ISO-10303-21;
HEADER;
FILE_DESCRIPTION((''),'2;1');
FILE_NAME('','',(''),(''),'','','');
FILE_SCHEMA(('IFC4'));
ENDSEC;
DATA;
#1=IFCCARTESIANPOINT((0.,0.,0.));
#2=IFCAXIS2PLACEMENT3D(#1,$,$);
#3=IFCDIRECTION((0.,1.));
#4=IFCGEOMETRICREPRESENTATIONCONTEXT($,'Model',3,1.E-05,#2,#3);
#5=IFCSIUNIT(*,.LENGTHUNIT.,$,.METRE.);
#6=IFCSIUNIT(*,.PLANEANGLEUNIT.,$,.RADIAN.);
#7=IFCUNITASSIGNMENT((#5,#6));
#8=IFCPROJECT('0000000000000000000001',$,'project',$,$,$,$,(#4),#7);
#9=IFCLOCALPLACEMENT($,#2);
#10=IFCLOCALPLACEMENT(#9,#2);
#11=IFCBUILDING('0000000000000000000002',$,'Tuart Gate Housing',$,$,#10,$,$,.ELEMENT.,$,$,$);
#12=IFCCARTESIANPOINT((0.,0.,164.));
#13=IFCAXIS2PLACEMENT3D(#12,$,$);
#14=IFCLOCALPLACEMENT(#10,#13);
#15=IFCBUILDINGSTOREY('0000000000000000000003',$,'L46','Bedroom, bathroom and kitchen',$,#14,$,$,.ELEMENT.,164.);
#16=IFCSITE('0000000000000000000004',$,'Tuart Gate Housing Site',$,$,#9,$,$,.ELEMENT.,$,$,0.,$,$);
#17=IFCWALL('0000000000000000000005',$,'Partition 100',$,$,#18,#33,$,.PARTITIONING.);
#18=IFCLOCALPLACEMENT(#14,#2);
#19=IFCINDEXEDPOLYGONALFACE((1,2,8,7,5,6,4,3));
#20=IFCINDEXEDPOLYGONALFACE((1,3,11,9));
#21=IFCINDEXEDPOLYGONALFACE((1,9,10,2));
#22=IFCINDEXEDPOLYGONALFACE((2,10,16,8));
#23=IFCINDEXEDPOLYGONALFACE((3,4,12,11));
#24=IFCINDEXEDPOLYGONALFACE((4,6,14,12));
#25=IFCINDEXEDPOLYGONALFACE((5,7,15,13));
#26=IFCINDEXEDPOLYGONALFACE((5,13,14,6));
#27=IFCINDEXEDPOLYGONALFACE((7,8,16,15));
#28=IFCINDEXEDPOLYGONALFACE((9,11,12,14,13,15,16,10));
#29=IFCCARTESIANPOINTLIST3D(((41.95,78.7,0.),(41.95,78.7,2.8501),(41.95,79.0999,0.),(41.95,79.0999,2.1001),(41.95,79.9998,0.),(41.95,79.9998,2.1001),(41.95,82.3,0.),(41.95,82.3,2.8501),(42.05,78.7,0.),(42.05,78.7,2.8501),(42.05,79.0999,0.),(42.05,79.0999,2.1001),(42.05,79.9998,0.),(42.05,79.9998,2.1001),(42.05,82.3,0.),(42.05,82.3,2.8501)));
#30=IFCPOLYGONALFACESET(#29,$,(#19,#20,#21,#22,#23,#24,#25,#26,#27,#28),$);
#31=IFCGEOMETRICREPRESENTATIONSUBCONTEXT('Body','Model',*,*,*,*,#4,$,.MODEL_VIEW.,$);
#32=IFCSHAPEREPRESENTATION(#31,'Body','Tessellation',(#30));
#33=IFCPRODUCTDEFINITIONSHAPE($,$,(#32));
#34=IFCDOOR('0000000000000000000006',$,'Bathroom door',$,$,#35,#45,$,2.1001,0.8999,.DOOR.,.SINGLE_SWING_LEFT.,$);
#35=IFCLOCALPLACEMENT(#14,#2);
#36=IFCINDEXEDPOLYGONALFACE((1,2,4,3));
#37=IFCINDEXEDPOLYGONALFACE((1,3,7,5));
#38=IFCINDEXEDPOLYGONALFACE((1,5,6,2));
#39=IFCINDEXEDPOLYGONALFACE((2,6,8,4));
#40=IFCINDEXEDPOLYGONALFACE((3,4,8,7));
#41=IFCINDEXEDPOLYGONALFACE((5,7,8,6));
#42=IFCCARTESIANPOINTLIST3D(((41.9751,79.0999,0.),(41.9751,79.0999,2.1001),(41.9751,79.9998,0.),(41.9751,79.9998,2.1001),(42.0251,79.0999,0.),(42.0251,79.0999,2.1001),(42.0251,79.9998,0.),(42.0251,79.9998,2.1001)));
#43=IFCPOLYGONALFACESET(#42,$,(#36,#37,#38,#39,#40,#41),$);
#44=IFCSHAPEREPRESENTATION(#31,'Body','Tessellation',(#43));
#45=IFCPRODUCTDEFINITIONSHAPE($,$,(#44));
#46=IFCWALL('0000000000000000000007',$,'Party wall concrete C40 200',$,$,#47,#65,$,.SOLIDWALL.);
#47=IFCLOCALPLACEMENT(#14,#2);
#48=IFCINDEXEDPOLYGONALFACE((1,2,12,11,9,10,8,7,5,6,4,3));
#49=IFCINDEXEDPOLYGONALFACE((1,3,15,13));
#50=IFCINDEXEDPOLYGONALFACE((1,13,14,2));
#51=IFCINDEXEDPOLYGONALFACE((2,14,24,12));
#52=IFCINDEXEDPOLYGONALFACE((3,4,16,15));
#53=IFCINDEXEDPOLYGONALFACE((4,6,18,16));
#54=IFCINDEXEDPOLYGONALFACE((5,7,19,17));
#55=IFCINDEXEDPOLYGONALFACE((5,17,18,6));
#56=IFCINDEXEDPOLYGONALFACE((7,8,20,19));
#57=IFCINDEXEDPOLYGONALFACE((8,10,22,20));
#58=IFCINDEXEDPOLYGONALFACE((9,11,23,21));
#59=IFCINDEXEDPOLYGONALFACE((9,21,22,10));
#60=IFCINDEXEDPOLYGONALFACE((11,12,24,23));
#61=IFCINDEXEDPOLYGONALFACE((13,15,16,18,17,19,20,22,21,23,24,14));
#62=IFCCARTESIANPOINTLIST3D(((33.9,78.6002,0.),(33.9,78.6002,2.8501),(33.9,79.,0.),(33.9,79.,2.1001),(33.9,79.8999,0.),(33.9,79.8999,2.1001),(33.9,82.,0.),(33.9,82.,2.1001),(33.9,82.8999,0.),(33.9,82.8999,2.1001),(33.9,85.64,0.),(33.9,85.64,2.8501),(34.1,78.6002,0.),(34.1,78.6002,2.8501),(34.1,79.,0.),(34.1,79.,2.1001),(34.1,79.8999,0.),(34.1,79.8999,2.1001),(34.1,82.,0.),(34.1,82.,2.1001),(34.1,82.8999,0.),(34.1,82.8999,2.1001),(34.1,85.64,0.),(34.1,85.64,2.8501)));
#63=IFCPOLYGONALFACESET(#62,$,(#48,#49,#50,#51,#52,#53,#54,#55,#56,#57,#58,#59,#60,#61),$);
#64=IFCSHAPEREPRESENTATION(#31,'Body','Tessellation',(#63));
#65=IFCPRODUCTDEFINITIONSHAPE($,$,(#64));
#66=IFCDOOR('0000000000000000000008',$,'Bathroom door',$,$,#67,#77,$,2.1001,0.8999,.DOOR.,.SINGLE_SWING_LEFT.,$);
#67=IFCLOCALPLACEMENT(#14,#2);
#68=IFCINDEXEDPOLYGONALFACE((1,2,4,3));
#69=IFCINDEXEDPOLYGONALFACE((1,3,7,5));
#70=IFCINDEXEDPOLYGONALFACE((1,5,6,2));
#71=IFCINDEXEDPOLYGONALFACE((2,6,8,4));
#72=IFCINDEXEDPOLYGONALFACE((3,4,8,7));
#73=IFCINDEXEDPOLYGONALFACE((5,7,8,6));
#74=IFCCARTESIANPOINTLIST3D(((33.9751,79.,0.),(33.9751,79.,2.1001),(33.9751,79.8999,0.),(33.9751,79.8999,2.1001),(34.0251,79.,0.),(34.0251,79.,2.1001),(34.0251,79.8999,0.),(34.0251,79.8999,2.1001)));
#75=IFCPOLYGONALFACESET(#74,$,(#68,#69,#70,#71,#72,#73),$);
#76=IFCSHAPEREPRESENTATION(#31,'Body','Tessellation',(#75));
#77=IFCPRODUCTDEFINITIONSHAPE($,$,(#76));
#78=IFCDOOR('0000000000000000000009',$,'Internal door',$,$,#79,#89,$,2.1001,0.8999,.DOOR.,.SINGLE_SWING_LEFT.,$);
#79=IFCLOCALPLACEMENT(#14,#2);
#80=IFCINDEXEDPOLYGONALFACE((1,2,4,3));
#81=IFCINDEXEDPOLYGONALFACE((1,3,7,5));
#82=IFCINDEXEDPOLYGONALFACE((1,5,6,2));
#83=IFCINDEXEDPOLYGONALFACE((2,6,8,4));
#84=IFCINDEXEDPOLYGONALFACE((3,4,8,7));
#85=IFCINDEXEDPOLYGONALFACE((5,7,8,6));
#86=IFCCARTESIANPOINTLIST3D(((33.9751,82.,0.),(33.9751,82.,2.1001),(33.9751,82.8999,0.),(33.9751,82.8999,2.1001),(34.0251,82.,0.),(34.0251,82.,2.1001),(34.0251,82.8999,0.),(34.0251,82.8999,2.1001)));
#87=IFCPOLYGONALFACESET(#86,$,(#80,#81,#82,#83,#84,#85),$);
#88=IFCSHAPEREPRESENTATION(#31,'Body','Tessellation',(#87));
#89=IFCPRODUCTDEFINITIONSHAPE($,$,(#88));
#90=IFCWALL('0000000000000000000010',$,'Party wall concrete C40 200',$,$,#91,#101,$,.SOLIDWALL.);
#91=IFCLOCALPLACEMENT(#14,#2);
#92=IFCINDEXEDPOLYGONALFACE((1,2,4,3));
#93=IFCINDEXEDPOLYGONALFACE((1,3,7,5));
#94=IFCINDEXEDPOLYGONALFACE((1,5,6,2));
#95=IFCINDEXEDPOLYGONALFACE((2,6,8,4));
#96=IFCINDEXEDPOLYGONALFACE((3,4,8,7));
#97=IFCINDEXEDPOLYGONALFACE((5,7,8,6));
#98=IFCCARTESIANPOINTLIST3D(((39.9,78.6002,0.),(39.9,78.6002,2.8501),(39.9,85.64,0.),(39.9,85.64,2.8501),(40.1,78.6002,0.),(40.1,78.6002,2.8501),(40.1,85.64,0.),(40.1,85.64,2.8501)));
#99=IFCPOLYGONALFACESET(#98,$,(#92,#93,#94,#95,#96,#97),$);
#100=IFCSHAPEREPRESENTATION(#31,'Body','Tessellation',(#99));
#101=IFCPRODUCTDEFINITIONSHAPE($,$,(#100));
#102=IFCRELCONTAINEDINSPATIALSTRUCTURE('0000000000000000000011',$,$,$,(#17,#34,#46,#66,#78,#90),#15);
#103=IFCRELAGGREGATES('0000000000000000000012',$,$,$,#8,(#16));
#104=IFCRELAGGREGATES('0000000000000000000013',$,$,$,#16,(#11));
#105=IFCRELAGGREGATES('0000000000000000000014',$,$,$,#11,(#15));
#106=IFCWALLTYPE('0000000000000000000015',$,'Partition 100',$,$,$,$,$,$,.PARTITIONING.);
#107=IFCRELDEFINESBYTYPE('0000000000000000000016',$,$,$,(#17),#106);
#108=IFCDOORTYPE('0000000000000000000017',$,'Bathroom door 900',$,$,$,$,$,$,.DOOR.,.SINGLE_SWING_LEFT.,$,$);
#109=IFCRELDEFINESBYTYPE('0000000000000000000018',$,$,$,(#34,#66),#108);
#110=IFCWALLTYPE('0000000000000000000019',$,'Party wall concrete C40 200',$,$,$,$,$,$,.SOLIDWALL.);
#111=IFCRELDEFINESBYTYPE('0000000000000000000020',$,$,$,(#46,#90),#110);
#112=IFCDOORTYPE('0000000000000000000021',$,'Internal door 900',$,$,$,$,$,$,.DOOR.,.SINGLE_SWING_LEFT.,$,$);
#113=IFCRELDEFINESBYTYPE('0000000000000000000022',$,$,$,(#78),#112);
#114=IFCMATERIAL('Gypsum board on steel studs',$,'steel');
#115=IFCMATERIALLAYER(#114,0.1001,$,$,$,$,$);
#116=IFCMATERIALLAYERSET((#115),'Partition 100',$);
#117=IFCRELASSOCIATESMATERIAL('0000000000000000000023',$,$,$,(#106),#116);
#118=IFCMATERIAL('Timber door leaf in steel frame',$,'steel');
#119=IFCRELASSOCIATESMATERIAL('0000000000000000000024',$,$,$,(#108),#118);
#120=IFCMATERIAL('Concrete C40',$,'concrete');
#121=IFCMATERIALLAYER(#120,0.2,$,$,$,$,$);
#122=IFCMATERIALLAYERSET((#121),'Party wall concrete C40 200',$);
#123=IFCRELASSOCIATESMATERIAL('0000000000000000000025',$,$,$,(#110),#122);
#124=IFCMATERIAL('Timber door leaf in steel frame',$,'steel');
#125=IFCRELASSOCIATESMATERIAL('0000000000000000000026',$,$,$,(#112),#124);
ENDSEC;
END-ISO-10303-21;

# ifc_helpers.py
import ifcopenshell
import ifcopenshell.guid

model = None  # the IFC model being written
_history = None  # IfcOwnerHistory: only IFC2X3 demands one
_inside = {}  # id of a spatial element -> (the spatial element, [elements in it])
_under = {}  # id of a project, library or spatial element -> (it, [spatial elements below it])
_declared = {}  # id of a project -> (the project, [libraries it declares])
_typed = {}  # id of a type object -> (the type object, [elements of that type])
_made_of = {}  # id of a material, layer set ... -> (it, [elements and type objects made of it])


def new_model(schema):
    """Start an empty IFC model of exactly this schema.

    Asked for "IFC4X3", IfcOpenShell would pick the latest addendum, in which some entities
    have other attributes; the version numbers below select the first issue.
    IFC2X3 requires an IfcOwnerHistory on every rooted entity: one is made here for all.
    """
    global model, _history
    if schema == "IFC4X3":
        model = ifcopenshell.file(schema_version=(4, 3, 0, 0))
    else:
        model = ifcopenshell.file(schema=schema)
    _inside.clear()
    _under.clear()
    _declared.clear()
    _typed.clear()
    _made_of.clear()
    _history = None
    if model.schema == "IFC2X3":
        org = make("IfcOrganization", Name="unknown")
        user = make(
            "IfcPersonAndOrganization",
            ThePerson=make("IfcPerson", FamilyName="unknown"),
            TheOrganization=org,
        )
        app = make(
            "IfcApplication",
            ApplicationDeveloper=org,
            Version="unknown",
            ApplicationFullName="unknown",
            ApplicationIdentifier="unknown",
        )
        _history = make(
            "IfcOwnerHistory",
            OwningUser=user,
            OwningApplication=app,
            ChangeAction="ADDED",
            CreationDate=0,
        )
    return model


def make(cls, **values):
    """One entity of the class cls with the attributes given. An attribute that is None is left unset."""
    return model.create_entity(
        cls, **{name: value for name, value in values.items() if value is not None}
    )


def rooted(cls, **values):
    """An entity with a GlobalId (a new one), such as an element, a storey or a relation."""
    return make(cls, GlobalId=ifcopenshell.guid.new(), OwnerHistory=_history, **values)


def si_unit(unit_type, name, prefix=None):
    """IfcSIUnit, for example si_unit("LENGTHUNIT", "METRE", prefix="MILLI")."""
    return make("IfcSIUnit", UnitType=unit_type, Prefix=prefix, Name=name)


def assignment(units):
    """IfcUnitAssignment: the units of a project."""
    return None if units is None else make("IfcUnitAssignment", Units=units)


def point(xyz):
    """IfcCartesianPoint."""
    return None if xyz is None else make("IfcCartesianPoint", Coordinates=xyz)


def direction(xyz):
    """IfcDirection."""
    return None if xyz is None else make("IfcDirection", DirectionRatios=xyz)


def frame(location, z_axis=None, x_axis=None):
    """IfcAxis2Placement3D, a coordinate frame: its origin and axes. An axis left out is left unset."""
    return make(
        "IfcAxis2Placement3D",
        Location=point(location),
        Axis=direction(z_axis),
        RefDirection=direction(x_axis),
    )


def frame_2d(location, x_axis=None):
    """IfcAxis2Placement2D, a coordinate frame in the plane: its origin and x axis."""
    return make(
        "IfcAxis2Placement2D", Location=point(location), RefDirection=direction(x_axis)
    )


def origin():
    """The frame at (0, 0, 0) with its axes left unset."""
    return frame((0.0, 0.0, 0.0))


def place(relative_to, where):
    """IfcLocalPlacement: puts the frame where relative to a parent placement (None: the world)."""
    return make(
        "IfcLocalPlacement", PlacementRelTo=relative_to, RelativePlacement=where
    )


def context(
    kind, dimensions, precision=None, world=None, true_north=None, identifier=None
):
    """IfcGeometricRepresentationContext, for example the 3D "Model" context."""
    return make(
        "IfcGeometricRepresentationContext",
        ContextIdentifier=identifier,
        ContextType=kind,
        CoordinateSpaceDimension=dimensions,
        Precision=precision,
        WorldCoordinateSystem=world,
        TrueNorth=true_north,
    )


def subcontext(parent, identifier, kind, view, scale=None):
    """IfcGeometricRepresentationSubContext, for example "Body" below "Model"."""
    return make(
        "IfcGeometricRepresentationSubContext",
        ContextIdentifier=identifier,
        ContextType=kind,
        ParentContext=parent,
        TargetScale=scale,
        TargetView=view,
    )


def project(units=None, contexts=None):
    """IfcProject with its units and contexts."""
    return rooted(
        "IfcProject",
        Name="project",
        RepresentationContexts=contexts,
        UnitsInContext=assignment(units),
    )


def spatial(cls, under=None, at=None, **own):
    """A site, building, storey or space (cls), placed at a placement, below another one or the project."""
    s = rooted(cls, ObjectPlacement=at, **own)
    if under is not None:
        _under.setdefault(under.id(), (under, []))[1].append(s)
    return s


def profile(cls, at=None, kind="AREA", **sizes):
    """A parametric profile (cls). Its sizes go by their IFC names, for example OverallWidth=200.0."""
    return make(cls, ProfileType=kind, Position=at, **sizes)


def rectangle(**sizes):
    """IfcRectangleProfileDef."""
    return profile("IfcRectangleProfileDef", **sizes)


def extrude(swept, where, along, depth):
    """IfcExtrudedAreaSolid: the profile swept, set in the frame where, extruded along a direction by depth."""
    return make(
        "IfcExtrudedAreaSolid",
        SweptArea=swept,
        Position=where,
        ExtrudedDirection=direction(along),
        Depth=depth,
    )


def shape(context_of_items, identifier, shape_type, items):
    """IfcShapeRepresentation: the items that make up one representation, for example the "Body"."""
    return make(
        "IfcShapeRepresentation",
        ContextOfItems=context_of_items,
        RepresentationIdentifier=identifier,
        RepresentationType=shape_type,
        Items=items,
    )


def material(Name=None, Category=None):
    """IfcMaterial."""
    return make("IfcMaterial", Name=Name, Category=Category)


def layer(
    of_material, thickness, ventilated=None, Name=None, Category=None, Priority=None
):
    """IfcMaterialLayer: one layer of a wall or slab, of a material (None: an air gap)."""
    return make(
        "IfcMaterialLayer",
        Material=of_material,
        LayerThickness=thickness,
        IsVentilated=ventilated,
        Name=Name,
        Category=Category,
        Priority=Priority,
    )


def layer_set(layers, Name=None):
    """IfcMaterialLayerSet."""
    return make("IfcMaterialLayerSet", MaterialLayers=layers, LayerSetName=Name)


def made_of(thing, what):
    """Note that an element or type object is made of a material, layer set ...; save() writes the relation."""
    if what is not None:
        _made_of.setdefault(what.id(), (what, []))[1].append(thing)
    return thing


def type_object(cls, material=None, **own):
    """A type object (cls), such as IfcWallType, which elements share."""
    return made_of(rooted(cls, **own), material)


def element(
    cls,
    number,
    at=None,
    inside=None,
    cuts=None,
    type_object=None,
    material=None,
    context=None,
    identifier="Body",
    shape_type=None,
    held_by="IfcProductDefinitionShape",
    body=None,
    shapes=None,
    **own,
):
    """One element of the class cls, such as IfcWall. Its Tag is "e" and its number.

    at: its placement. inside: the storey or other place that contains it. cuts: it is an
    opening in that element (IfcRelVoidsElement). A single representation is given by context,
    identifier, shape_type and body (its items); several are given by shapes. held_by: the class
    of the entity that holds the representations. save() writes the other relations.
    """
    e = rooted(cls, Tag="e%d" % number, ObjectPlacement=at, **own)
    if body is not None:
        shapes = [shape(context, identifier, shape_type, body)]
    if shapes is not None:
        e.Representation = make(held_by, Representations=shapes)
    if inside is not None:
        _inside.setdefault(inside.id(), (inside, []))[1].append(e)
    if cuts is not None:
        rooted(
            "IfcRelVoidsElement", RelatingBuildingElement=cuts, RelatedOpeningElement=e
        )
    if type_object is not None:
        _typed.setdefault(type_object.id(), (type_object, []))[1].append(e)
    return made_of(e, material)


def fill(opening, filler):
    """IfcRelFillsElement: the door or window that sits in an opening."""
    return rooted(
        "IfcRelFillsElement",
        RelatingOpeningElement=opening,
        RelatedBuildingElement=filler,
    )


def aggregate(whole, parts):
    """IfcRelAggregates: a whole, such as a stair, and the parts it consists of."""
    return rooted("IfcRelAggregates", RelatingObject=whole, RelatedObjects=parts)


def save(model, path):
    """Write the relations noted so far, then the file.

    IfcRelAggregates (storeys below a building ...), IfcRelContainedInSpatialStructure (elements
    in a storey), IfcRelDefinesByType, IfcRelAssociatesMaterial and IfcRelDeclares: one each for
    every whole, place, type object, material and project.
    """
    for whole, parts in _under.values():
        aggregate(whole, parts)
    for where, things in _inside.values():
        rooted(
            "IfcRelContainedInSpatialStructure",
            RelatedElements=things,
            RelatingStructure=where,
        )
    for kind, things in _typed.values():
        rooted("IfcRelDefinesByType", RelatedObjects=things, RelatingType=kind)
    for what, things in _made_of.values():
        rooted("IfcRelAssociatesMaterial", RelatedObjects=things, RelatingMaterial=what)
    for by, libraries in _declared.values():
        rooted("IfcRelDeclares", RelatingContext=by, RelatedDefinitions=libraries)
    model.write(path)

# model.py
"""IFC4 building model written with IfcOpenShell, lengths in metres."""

from ifc_helpers import new_model, si_unit, direction, frame, frame_2d, origin, place, context, subcontext, project, spatial, rectangle, extrude, material, layer, layer_set, type_object, element, fill, save


model = new_model("IFC4")

# Units and contexts
model_context = context("Model", 3, precision=1e-05, world=origin(), true_north=direction((0.0, 1.0)))
body_context = subcontext(model_context, "Body", "Model", "MODEL_VIEW")
ifc_project = project(units=[si_unit("LENGTHUNIT", "METRE"), si_unit("PLANEANGLEUNIT", "RADIAN")], contexts=[model_context])

# Site, building, storey
site_placement = place(None, origin())
site = spatial("IfcSite", under=ifc_project, at=site_placement, Name="Tuart Gate Housing Site", CompositionType="ELEMENT", RefElevation=0.0)
building_placement = place(site_placement, origin())
building = spatial("IfcBuilding", under=site, at=building_placement, Name="Tuart Gate Housing", CompositionType="ELEMENT")
storey_placement = place(building_placement, frame((0.0, 0.0, 164.0)))
storey = spatial("IfcBuildingStorey", under=building, at=storey_placement, Name="L46", Description="Bedroom, bathroom and kitchen", CompositionType="ELEMENT", Elevation=164.0)

# Shared definitions
ifc_material_1 = material(Name="Gypsum board on steel studs", Category="steel")
ifc_layer_1 = layer(ifc_material_1, 0.1001)
ifc_layer_set_1 = layer_set([ifc_layer_1], Name="Partition 100")
wall_type_1 = type_object("IfcWallType", Name="Partition 100", PredefinedType="PARTITIONING", material=ifc_layer_set_1)

# Wall, opening, door
wall_1_placement = place(storey_placement, frame((42.0, 78.7, 0.0), z_axis=(0.0, 0.0, 1.0), x_axis=(0.0, 1.0, 0.0)))
wall_1 = element("IfcWall", 1, at=wall_1_placement, inside=storey, type_object=wall_type_1, Name="Partition 100", PredefinedType="PARTITIONING", context=body_context, shape_type="SweptSolid", body=[
    extrude(rectangle(XDim=3.6001, YDim=0.1001, at=frame_2d((1.8, 0.0))), origin(), (0.0, 0.0, 1.0), 2.8501),
])
opening_1_placement = place(wall_1_placement, frame((0.3999, 0.0, 0.0)))
opening_1 = element("IfcOpeningElement", 2, at=opening_1_placement, cuts=wall_1, PredefinedType="OPENING", context=body_context, shape_type="SweptSolid", body=[
    extrude(rectangle(XDim=0.8999, YDim=2.1001, at=frame_2d((0.45, 1.05))), frame((0.0, 0.0601, 0.0), z_axis=(0.0, -1.0, 0.0), x_axis=(1.0, 0.0, 0.0)), (0.0, 0.0, 1.0), 0.1201),
])
ifc_material_2 = material(Name="Timber door leaf in steel frame", Category="steel")
door_type_1 = type_object("IfcDoorType", Name="Bathroom door 900", OperationType="SINGLE_SWING_LEFT", PredefinedType="DOOR", material=ifc_material_2)
door_1_placement = place(opening_1_placement, origin())
door_1 = element("IfcDoor", 3, at=door_1_placement, inside=storey, type_object=door_type_1, Name="Bathroom door", OperationType="SINGLE_SWING_LEFT", OverallHeight=2.1001, OverallWidth=0.8999, PredefinedType="DOOR", context=body_context, shape_type="SweptSolid", body=[
    extrude(rectangle(XDim=0.8999, YDim=2.1001, at=frame_2d((0.45, 1.05))), frame((0.0, 0.0249, 0.0), z_axis=(0.0, -1.0, 0.0), x_axis=(1.0, 0.0, 0.0)), (0.0, 0.0, 1.0), 0.05),
])
fill(opening_1, door_1)

# Wall, openings, doors
ifc_material_3 = material(Name="Concrete C40", Category="concrete")
ifc_layer_2 = layer(ifc_material_3, 0.2)
ifc_layer_set_2 = layer_set([ifc_layer_2], Name="Party wall concrete C40 200")
wall_type_2 = type_object("IfcWallType", Name="Party wall concrete C40 200", PredefinedType="SOLIDWALL", material=ifc_layer_set_2)
wall_2_placement = place(storey_placement, frame((34.0, 78.6001, 0.0), z_axis=(0.0, 0.0, 1.0), x_axis=(0.0, 1.0, 0.0)))
wall_2 = element("IfcWall", 4, at=wall_2_placement, inside=storey, type_object=wall_type_2, Name="Party wall concrete C40 200", PredefinedType="SOLIDWALL", context=body_context, shape_type="SweptSolid", body=[
    extrude(rectangle(XDim=7.0398, YDim=0.2, at=frame_2d((3.52, 0.0))), origin(), (0.0, 0.0, 1.0), 2.8501),
])
opening_2_placement = place(wall_2_placement, frame((3.3999, 0.0, 0.0)))
opening_2 = element("IfcOpeningElement", 5, at=opening_2_placement, cuts=wall_2, PredefinedType="OPENING", context=body_context, shape_type="SweptSolid", body=[
    extrude(rectangle(XDim=0.8999, YDim=2.1001, at=frame_2d((0.45, 1.05))), frame((0.0, 0.1099, 0.0), z_axis=(0.0, -1.0, 0.0), x_axis=(1.0, 0.0, 0.0)), (0.0, 0.0, 1.0), 0.22),
])
opening_3_placement = place(wall_2_placement, frame((0.3999, 0.0, 0.0)))
opening_3 = element("IfcOpeningElement", 6, at=opening_3_placement, cuts=wall_2, PredefinedType="OPENING", context=body_context, shape_type="SweptSolid", body=[
    extrude(rectangle(XDim=0.8999, YDim=2.1001, at=frame_2d((0.45, 1.05))), frame((0.0, 0.1099, 0.0), z_axis=(0.0, -1.0, 0.0), x_axis=(1.0, 0.0, 0.0)), (0.0, 0.0, 1.0), 0.22),
])
door_2_placement = place(opening_3_placement, origin())
door_2 = element("IfcDoor", 7, at=door_2_placement, inside=storey, type_object=door_type_1, Name="Bathroom door", OperationType="SINGLE_SWING_LEFT", OverallHeight=2.1001, OverallWidth=0.8999, PredefinedType="DOOR", context=body_context, shape_type="SweptSolid", body=[
    extrude(rectangle(XDim=0.8999, YDim=2.1001, at=frame_2d((0.45, 1.05))), frame((0.0, 0.0249, 0.0), z_axis=(0.0, -1.0, 0.0), x_axis=(1.0, 0.0, 0.0)), (0.0, 0.0, 1.0), 0.05),
])
fill(opening_3, door_2)
ifc_material_4 = material(Name="Timber door leaf in steel frame", Category="steel")
door_type_2 = type_object("IfcDoorType", Name="Internal door 900", OperationType="SINGLE_SWING_LEFT", PredefinedType="DOOR", material=ifc_material_4)
door_3_placement = place(opening_2_placement, origin())
door_3 = element("IfcDoor", 8, at=door_3_placement, inside=storey, type_object=door_type_2, Name="Internal door", OperationType="SINGLE_SWING_LEFT", OverallHeight=2.1001, OverallWidth=0.8999, PredefinedType="DOOR", context=body_context, shape_type="SweptSolid", body=[
    extrude(rectangle(XDim=0.8999, YDim=2.1001, at=frame_2d((0.45, 1.05))), frame((0.0, 0.0249, 0.0), z_axis=(0.0, -1.0, 0.0), x_axis=(1.0, 0.0, 0.0)), (0.0, 0.0, 1.0), 0.05),
])
fill(opening_2, door_3)

# Wall
wall_3_placement = place(storey_placement, frame((40.0, 78.6001, 0.0), z_axis=(0.0, 0.0, 1.0), x_axis=(0.0, 1.0, 0.0)))
element("IfcWall", 9, at=wall_3_placement, inside=storey, type_object=wall_type_2, Name="Party wall concrete C40 200", PredefinedType="SOLIDWALL", context=body_context, shape_type="SweptSolid", body=[
    extrude(rectangle(XDim=7.0398, YDim=0.2, at=frame_2d((3.52, 0.0))), origin(), (0.0, 0.0, 1.0), 2.8501),
])

save(model, "model.ifc")
